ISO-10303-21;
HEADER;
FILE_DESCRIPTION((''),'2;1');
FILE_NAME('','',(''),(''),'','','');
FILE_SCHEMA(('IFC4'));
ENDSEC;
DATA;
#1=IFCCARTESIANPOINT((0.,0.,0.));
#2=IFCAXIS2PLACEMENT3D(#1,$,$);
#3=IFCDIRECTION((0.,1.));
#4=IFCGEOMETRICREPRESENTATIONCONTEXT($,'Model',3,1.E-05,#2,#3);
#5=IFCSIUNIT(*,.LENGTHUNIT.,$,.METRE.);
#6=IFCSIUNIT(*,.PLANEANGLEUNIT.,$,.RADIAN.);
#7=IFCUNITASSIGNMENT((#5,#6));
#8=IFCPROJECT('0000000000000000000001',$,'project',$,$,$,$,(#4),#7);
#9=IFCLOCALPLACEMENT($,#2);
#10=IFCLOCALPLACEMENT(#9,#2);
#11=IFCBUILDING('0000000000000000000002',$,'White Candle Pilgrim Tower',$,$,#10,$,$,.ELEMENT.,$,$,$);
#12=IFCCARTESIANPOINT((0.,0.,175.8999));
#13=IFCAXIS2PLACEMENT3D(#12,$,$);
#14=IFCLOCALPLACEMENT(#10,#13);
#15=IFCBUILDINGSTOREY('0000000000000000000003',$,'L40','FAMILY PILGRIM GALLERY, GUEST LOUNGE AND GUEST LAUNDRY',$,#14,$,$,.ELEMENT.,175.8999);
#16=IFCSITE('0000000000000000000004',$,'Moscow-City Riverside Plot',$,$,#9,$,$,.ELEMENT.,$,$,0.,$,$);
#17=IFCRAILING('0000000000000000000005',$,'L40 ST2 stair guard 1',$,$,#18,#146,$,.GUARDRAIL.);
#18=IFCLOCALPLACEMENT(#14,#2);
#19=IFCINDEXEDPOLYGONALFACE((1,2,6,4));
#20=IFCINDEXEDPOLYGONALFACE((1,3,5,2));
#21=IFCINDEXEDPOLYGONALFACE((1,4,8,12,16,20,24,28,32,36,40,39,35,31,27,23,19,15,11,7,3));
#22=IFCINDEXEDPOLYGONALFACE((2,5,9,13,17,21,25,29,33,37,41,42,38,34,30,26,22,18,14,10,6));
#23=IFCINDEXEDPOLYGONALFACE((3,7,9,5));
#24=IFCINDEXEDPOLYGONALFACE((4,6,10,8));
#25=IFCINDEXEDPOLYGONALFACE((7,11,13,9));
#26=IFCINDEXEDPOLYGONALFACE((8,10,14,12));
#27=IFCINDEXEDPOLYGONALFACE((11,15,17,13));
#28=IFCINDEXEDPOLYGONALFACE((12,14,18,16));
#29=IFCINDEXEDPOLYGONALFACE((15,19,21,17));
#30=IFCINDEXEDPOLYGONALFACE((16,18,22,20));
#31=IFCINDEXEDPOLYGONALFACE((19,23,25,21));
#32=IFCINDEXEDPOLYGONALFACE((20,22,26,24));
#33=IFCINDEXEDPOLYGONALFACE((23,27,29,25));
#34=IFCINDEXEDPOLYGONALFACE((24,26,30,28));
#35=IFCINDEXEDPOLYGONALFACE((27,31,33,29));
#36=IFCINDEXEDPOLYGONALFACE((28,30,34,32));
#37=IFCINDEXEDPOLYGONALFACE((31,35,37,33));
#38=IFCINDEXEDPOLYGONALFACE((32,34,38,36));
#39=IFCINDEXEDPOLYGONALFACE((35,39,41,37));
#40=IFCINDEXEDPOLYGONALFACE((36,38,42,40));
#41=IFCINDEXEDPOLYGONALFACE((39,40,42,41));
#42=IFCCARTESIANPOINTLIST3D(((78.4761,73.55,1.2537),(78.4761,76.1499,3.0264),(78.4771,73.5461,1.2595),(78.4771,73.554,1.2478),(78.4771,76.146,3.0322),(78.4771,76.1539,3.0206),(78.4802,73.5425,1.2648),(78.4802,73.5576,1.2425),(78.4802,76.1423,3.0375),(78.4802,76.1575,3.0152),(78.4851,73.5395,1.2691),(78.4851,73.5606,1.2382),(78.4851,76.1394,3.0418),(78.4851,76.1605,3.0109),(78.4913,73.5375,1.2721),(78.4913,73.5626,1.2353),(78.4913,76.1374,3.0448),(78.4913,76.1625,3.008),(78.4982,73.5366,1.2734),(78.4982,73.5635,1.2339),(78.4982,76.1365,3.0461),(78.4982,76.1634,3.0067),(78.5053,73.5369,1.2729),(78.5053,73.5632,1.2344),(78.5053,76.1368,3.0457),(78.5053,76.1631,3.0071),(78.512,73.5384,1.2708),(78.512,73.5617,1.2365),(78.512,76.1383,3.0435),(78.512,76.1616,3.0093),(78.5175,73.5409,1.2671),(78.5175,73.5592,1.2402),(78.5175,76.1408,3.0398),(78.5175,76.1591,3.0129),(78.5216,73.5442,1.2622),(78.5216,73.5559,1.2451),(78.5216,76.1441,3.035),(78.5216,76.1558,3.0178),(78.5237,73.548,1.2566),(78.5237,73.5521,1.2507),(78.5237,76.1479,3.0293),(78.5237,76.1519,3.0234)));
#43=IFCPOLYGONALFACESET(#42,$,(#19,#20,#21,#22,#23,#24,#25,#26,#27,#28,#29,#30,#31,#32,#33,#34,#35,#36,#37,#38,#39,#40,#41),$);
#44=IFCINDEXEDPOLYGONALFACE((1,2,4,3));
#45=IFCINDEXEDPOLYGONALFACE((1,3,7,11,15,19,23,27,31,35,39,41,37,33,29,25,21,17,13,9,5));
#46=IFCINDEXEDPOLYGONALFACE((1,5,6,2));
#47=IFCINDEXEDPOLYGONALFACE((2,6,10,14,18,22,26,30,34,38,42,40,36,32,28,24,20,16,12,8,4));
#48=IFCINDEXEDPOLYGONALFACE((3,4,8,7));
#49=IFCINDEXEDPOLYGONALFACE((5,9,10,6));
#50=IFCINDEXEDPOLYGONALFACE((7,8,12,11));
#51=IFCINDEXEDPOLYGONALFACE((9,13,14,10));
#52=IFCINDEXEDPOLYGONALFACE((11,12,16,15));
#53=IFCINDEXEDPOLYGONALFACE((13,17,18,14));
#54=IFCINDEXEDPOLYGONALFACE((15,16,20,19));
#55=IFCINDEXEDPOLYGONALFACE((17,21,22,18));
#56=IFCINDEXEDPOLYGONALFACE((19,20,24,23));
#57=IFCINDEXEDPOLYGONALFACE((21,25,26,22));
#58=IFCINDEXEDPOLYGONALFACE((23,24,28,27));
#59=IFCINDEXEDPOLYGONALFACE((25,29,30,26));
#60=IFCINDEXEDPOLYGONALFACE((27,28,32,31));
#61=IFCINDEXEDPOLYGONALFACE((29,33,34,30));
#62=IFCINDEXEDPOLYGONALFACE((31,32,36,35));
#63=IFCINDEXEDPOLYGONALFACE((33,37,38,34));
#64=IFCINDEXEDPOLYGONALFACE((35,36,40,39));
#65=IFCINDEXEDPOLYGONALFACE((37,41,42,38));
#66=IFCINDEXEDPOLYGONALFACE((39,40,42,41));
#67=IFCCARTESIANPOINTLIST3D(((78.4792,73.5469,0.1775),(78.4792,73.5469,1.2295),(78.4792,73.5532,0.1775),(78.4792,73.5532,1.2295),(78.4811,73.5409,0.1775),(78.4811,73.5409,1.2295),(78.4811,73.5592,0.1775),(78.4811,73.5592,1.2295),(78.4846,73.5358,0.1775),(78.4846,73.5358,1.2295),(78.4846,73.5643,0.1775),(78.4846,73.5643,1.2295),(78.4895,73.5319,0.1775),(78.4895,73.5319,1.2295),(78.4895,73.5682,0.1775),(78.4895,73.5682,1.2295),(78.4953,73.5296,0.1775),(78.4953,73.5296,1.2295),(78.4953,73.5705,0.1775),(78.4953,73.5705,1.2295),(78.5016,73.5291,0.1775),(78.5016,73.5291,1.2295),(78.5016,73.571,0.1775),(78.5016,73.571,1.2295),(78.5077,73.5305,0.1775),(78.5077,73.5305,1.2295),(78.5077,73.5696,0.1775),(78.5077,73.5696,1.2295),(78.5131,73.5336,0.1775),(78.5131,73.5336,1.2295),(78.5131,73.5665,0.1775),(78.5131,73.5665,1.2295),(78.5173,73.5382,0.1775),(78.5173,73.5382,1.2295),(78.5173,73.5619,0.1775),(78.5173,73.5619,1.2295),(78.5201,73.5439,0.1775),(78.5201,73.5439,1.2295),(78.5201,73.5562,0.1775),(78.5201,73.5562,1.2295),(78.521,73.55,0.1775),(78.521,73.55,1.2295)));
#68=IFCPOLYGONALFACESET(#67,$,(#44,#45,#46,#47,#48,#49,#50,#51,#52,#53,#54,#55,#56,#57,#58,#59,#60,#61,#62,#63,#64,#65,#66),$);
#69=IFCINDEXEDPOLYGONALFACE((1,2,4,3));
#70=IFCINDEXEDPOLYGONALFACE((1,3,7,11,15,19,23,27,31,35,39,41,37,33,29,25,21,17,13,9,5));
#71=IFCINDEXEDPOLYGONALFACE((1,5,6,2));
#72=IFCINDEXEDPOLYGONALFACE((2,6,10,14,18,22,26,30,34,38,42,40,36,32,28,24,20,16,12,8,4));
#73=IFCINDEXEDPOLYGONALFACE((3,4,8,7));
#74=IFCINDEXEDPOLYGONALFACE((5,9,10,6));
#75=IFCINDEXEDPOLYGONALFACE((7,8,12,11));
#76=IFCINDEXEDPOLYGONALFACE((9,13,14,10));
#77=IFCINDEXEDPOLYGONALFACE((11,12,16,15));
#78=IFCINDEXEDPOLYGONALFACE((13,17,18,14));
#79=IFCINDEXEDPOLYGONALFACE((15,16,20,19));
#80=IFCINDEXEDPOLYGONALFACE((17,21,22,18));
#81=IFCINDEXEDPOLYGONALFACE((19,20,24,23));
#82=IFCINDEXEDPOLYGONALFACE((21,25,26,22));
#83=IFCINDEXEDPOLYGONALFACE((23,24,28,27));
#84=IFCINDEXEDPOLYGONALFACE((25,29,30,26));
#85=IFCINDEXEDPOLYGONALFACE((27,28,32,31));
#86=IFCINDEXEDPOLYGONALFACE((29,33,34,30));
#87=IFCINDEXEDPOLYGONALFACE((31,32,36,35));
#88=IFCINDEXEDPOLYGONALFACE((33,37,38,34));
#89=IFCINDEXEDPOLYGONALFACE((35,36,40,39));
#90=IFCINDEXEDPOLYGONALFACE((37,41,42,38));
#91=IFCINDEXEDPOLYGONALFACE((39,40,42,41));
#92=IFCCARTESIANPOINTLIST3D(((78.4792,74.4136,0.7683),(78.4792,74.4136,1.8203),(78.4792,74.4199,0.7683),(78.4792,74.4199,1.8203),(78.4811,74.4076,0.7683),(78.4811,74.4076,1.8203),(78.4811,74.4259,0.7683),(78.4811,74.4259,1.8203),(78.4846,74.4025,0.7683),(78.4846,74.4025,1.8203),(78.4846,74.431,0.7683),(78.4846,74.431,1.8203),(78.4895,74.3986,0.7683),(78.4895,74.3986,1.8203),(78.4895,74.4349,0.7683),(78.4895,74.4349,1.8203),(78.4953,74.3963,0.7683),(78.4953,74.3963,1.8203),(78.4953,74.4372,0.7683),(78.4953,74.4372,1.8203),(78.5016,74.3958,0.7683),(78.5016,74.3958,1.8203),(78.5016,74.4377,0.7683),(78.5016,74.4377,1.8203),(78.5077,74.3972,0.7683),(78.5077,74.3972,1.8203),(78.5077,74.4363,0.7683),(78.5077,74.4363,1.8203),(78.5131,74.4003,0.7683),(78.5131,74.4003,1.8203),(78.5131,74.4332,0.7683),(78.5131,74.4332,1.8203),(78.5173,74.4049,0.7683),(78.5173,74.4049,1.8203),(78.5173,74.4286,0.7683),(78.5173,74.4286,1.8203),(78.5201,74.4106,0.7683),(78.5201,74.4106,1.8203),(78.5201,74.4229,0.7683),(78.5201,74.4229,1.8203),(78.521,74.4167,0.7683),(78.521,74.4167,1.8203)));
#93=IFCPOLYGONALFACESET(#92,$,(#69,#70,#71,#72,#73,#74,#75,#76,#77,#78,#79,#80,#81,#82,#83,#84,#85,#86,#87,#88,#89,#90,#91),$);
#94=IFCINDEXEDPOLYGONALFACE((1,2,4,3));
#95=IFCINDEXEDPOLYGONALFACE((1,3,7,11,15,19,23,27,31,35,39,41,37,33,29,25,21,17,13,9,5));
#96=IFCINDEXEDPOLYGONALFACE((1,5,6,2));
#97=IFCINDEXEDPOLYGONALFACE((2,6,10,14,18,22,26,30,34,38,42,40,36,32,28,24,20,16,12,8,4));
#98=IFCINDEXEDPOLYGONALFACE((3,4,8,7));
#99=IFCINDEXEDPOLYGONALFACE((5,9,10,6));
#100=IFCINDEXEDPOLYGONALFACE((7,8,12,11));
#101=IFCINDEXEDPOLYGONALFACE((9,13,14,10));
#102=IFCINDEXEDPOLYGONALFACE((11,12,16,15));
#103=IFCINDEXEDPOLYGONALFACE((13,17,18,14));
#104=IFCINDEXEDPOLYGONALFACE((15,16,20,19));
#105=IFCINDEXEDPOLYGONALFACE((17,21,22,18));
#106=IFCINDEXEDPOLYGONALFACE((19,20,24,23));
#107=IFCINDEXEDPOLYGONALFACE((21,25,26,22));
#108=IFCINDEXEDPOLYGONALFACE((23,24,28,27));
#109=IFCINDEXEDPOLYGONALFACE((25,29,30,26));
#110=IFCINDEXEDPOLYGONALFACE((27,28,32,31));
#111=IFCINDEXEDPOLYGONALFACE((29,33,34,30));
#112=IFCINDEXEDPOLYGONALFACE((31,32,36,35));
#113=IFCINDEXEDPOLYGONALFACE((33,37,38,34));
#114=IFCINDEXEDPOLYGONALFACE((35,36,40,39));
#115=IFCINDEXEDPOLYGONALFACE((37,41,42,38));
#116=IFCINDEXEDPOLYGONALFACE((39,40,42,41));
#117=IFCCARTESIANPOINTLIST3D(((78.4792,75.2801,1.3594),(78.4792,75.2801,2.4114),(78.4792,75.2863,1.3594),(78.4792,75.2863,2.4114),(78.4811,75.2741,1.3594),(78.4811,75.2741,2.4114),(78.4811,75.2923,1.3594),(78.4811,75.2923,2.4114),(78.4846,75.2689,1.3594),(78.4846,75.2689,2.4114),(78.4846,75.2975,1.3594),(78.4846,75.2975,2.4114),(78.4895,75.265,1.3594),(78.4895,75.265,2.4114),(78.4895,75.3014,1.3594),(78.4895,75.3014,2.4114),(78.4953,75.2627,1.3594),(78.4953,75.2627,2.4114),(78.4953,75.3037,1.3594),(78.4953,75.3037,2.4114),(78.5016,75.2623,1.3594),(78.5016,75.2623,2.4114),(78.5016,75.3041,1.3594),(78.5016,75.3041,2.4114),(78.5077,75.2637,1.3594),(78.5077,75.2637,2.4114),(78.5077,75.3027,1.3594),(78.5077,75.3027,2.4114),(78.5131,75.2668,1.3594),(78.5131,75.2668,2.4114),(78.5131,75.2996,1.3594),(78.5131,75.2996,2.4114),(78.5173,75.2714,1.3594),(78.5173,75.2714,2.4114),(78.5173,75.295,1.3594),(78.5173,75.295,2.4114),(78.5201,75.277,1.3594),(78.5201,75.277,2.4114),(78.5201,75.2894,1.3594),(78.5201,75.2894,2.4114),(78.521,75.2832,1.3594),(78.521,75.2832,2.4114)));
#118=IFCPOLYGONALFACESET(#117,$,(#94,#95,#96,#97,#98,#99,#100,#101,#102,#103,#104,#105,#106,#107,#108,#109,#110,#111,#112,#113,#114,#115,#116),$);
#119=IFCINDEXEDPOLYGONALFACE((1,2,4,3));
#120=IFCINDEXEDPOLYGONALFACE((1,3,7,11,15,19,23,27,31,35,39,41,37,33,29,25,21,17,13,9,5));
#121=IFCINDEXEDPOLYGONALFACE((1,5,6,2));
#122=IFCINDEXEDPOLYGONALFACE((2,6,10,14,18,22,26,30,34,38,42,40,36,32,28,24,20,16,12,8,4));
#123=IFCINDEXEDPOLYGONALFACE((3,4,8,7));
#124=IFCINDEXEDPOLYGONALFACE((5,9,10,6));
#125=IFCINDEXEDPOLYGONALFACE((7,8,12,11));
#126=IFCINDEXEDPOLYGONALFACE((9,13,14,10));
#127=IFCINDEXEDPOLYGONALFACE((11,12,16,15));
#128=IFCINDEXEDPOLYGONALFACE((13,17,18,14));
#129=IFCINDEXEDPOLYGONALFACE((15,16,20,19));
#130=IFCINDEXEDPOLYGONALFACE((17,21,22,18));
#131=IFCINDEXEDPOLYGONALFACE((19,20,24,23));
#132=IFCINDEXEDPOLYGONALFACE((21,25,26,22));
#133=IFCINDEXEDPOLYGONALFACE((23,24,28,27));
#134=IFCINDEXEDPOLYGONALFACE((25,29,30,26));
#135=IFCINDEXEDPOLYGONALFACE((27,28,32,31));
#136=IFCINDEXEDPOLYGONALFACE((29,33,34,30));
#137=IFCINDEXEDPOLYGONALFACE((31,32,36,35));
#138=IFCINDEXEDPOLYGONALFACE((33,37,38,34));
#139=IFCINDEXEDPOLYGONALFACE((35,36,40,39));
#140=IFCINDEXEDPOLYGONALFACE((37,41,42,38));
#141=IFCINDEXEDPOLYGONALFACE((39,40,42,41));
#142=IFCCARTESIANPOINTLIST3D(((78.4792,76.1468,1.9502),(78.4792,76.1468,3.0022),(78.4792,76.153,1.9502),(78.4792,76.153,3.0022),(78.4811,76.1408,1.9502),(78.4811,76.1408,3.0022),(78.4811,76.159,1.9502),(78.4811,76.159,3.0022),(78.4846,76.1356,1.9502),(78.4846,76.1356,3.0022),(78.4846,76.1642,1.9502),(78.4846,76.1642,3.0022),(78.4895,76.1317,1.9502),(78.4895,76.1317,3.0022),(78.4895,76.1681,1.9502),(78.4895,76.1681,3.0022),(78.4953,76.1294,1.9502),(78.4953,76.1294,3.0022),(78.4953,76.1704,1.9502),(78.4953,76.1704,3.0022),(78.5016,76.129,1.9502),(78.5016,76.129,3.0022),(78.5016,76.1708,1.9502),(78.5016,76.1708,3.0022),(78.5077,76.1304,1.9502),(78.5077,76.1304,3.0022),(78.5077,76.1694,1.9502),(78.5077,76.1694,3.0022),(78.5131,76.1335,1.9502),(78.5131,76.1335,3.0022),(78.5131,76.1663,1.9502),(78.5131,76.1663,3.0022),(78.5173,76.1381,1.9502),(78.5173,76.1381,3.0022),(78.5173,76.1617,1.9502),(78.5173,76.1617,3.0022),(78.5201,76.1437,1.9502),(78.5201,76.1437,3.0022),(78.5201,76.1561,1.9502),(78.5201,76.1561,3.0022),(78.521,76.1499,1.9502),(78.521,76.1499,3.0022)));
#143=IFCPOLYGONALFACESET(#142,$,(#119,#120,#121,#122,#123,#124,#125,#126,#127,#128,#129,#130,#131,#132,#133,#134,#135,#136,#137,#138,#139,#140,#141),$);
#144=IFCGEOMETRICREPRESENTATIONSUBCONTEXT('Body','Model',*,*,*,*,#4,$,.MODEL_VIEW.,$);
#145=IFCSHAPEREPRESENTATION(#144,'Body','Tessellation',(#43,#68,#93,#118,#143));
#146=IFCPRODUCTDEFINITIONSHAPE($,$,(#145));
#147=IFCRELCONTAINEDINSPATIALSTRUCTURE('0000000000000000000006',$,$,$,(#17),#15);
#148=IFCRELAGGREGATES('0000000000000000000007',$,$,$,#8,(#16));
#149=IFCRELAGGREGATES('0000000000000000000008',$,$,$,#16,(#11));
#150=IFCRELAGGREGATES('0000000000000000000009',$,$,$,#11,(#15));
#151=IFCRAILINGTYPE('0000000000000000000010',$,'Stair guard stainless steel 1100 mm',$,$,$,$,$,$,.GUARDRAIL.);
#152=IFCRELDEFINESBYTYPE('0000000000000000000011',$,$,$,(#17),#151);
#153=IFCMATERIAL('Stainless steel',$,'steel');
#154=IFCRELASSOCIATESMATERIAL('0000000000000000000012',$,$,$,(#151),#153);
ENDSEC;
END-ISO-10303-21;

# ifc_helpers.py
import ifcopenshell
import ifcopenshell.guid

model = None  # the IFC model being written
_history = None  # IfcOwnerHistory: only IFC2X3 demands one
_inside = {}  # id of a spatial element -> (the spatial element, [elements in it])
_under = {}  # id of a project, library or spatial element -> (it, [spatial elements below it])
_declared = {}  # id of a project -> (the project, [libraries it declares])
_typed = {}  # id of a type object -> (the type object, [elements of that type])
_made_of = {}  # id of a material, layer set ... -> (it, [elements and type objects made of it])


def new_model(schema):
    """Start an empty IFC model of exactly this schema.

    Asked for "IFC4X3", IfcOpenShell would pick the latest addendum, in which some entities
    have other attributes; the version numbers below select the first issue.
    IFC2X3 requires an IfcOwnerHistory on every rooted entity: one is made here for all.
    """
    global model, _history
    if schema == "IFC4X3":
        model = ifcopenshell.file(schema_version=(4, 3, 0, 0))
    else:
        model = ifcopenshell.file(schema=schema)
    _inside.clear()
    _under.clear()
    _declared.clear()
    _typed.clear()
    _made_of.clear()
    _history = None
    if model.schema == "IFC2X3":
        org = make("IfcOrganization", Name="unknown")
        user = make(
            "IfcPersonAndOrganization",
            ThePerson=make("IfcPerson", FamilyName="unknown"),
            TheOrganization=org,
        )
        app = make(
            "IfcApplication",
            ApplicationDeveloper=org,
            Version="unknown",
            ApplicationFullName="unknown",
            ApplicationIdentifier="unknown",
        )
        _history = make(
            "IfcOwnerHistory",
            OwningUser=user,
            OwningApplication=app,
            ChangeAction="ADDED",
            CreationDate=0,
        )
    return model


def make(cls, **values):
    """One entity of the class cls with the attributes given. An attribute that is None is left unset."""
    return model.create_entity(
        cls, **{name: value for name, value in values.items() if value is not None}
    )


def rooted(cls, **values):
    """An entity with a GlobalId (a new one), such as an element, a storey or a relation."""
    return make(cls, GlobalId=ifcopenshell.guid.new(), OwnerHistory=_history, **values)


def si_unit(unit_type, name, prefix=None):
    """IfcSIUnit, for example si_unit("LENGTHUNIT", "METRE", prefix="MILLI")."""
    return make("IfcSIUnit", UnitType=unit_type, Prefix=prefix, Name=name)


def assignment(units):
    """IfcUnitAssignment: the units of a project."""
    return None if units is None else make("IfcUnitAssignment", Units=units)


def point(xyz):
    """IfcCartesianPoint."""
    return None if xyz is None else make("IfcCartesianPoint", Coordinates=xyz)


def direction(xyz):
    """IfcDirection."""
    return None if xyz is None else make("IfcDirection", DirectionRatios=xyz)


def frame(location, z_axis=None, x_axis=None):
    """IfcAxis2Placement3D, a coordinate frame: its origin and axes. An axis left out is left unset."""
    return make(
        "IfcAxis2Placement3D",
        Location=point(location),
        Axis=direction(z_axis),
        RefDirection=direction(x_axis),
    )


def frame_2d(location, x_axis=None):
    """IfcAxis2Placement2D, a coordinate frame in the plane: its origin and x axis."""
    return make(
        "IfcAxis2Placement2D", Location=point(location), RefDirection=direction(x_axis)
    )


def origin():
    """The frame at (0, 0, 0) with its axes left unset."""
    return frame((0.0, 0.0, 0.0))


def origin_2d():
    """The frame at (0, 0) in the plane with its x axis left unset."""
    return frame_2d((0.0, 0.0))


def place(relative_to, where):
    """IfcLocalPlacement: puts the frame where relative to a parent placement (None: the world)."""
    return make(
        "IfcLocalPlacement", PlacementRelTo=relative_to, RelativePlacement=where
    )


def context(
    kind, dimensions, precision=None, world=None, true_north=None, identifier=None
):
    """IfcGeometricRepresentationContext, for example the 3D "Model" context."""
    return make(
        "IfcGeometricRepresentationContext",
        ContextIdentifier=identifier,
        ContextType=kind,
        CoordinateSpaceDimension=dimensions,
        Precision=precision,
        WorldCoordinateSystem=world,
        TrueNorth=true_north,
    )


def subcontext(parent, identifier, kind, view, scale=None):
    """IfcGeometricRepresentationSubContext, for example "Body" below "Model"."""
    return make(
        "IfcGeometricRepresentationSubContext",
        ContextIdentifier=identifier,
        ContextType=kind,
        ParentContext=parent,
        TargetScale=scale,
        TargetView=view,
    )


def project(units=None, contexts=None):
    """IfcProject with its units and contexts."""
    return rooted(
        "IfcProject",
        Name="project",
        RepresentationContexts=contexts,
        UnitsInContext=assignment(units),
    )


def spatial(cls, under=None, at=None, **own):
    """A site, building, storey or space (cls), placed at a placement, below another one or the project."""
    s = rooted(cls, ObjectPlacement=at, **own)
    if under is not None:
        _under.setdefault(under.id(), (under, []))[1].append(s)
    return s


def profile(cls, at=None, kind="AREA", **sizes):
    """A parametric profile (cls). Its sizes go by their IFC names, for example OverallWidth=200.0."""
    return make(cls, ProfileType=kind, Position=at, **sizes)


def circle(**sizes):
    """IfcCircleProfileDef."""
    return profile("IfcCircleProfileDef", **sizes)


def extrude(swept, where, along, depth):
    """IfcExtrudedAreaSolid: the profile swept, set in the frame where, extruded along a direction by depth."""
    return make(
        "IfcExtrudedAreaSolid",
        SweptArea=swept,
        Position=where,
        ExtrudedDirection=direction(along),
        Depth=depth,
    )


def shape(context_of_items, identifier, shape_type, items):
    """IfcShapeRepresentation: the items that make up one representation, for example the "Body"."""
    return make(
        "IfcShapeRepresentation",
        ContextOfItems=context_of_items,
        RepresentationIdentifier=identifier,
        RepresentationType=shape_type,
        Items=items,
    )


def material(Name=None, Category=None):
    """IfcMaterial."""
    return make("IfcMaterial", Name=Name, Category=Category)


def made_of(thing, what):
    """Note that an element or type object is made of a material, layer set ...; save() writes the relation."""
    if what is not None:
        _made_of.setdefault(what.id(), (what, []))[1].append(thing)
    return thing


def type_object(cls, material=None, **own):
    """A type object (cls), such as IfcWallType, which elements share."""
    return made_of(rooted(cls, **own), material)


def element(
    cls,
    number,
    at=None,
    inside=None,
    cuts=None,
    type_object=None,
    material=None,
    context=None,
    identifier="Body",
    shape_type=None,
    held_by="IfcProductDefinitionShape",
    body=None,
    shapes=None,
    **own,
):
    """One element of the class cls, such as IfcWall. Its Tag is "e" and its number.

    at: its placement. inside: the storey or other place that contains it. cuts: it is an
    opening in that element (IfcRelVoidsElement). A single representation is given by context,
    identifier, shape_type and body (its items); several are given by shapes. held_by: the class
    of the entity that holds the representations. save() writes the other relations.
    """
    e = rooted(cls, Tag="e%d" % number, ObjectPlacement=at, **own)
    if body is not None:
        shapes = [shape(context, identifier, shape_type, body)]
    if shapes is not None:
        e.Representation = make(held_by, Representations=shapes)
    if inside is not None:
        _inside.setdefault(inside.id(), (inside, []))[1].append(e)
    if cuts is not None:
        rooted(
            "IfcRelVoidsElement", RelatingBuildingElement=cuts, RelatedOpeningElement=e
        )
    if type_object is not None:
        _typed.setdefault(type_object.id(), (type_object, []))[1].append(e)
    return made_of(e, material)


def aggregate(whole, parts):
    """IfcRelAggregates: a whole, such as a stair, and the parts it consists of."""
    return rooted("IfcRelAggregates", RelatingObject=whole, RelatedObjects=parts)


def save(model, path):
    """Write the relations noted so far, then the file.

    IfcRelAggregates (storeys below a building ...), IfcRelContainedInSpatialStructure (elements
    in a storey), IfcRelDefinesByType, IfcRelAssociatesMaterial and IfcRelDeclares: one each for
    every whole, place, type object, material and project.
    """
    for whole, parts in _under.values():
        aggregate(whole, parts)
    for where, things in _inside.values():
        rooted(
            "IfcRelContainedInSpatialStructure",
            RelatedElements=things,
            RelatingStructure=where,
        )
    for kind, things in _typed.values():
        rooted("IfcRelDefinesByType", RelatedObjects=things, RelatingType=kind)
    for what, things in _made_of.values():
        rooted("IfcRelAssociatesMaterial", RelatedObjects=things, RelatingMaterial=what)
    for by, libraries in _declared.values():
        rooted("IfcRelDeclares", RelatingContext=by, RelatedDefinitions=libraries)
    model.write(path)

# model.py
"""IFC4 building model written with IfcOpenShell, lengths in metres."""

from ifc_helpers import new_model, si_unit, direction, frame, origin, origin_2d, place, context, subcontext, project, spatial, circle, extrude, material, type_object, element, save


model = new_model("IFC4")

# Units and contexts
model_context = context("Model", 3, precision=1e-05, world=origin(), true_north=direction((0.0, 1.0)))
body_context = subcontext(model_context, "Body", "Model", "MODEL_VIEW")
ifc_project = project(units=[si_unit("LENGTHUNIT", "METRE"), si_unit("PLANEANGLEUNIT", "RADIAN")], contexts=[model_context])

# Site, building, storey
site_placement = place(None, origin())
site = spatial("IfcSite", under=ifc_project, at=site_placement, Name="Moscow-City Riverside Plot", CompositionType="ELEMENT", RefElevation=0.0)
building_placement = place(site_placement, origin())
building = spatial("IfcBuilding", under=site, at=building_placement, Name="White Candle Pilgrim Tower", CompositionType="ELEMENT")
storey_placement = place(building_placement, frame((0.0, 0.0, 175.8999)))
storey = spatial("IfcBuildingStorey", under=building, at=storey_placement, Name="L40", Description="FAMILY PILGRIM GALLERY, GUEST LOUNGE AND GUEST LAUNDRY", CompositionType="ELEMENT", Elevation=175.8999)

# Railing
ifc_material_1 = material(Name="Stainless steel", Category="steel")
railing_type = type_object("IfcRailingType", Name="Stair guard stainless steel 1100 mm", PredefinedType="GUARDRAIL", material=ifc_material_1)
railing_1_placement = place(storey_placement, frame((78.5, 73.55, 0.1775)))
element("IfcRailing", 1, at=railing_1_placement, inside=storey, type_object=railing_type, Name="L40 ST2 stair guard 1", PredefinedType="GUARDRAIL", context=body_context, shape_type="SweptSolid", body=[
    extrude(circle(Radius=0.0239, at=origin_2d()), frame((0.0, 0.0, 1.0762), z_axis=(0.0, 0.826216, 0.563354), x_axis=(-1.0, 0.0, 0.0)), (0.0, 0.0, 1.0), 3.1467),
    extrude(circle(Radius=0.021, at=origin_2d()), origin(), (0.0, 0.0, 1.0), 1.052),
    extrude(circle(Radius=0.021, at=origin_2d()), frame((0.0, 0.8667, 0.5908)), (0.0, 0.0, 1.0), 1.052),
    extrude(circle(Radius=0.021, at=origin_2d()), frame((0.0, 1.7332, 1.1819)), (0.0, 0.0, 1.0), 1.052),
    extrude(circle(Radius=0.021, at=origin_2d()), frame((0.0, 2.5999, 1.7727)), (0.0, 0.0, 1.0), 1.052),
])

save(model, "model.ifc")
